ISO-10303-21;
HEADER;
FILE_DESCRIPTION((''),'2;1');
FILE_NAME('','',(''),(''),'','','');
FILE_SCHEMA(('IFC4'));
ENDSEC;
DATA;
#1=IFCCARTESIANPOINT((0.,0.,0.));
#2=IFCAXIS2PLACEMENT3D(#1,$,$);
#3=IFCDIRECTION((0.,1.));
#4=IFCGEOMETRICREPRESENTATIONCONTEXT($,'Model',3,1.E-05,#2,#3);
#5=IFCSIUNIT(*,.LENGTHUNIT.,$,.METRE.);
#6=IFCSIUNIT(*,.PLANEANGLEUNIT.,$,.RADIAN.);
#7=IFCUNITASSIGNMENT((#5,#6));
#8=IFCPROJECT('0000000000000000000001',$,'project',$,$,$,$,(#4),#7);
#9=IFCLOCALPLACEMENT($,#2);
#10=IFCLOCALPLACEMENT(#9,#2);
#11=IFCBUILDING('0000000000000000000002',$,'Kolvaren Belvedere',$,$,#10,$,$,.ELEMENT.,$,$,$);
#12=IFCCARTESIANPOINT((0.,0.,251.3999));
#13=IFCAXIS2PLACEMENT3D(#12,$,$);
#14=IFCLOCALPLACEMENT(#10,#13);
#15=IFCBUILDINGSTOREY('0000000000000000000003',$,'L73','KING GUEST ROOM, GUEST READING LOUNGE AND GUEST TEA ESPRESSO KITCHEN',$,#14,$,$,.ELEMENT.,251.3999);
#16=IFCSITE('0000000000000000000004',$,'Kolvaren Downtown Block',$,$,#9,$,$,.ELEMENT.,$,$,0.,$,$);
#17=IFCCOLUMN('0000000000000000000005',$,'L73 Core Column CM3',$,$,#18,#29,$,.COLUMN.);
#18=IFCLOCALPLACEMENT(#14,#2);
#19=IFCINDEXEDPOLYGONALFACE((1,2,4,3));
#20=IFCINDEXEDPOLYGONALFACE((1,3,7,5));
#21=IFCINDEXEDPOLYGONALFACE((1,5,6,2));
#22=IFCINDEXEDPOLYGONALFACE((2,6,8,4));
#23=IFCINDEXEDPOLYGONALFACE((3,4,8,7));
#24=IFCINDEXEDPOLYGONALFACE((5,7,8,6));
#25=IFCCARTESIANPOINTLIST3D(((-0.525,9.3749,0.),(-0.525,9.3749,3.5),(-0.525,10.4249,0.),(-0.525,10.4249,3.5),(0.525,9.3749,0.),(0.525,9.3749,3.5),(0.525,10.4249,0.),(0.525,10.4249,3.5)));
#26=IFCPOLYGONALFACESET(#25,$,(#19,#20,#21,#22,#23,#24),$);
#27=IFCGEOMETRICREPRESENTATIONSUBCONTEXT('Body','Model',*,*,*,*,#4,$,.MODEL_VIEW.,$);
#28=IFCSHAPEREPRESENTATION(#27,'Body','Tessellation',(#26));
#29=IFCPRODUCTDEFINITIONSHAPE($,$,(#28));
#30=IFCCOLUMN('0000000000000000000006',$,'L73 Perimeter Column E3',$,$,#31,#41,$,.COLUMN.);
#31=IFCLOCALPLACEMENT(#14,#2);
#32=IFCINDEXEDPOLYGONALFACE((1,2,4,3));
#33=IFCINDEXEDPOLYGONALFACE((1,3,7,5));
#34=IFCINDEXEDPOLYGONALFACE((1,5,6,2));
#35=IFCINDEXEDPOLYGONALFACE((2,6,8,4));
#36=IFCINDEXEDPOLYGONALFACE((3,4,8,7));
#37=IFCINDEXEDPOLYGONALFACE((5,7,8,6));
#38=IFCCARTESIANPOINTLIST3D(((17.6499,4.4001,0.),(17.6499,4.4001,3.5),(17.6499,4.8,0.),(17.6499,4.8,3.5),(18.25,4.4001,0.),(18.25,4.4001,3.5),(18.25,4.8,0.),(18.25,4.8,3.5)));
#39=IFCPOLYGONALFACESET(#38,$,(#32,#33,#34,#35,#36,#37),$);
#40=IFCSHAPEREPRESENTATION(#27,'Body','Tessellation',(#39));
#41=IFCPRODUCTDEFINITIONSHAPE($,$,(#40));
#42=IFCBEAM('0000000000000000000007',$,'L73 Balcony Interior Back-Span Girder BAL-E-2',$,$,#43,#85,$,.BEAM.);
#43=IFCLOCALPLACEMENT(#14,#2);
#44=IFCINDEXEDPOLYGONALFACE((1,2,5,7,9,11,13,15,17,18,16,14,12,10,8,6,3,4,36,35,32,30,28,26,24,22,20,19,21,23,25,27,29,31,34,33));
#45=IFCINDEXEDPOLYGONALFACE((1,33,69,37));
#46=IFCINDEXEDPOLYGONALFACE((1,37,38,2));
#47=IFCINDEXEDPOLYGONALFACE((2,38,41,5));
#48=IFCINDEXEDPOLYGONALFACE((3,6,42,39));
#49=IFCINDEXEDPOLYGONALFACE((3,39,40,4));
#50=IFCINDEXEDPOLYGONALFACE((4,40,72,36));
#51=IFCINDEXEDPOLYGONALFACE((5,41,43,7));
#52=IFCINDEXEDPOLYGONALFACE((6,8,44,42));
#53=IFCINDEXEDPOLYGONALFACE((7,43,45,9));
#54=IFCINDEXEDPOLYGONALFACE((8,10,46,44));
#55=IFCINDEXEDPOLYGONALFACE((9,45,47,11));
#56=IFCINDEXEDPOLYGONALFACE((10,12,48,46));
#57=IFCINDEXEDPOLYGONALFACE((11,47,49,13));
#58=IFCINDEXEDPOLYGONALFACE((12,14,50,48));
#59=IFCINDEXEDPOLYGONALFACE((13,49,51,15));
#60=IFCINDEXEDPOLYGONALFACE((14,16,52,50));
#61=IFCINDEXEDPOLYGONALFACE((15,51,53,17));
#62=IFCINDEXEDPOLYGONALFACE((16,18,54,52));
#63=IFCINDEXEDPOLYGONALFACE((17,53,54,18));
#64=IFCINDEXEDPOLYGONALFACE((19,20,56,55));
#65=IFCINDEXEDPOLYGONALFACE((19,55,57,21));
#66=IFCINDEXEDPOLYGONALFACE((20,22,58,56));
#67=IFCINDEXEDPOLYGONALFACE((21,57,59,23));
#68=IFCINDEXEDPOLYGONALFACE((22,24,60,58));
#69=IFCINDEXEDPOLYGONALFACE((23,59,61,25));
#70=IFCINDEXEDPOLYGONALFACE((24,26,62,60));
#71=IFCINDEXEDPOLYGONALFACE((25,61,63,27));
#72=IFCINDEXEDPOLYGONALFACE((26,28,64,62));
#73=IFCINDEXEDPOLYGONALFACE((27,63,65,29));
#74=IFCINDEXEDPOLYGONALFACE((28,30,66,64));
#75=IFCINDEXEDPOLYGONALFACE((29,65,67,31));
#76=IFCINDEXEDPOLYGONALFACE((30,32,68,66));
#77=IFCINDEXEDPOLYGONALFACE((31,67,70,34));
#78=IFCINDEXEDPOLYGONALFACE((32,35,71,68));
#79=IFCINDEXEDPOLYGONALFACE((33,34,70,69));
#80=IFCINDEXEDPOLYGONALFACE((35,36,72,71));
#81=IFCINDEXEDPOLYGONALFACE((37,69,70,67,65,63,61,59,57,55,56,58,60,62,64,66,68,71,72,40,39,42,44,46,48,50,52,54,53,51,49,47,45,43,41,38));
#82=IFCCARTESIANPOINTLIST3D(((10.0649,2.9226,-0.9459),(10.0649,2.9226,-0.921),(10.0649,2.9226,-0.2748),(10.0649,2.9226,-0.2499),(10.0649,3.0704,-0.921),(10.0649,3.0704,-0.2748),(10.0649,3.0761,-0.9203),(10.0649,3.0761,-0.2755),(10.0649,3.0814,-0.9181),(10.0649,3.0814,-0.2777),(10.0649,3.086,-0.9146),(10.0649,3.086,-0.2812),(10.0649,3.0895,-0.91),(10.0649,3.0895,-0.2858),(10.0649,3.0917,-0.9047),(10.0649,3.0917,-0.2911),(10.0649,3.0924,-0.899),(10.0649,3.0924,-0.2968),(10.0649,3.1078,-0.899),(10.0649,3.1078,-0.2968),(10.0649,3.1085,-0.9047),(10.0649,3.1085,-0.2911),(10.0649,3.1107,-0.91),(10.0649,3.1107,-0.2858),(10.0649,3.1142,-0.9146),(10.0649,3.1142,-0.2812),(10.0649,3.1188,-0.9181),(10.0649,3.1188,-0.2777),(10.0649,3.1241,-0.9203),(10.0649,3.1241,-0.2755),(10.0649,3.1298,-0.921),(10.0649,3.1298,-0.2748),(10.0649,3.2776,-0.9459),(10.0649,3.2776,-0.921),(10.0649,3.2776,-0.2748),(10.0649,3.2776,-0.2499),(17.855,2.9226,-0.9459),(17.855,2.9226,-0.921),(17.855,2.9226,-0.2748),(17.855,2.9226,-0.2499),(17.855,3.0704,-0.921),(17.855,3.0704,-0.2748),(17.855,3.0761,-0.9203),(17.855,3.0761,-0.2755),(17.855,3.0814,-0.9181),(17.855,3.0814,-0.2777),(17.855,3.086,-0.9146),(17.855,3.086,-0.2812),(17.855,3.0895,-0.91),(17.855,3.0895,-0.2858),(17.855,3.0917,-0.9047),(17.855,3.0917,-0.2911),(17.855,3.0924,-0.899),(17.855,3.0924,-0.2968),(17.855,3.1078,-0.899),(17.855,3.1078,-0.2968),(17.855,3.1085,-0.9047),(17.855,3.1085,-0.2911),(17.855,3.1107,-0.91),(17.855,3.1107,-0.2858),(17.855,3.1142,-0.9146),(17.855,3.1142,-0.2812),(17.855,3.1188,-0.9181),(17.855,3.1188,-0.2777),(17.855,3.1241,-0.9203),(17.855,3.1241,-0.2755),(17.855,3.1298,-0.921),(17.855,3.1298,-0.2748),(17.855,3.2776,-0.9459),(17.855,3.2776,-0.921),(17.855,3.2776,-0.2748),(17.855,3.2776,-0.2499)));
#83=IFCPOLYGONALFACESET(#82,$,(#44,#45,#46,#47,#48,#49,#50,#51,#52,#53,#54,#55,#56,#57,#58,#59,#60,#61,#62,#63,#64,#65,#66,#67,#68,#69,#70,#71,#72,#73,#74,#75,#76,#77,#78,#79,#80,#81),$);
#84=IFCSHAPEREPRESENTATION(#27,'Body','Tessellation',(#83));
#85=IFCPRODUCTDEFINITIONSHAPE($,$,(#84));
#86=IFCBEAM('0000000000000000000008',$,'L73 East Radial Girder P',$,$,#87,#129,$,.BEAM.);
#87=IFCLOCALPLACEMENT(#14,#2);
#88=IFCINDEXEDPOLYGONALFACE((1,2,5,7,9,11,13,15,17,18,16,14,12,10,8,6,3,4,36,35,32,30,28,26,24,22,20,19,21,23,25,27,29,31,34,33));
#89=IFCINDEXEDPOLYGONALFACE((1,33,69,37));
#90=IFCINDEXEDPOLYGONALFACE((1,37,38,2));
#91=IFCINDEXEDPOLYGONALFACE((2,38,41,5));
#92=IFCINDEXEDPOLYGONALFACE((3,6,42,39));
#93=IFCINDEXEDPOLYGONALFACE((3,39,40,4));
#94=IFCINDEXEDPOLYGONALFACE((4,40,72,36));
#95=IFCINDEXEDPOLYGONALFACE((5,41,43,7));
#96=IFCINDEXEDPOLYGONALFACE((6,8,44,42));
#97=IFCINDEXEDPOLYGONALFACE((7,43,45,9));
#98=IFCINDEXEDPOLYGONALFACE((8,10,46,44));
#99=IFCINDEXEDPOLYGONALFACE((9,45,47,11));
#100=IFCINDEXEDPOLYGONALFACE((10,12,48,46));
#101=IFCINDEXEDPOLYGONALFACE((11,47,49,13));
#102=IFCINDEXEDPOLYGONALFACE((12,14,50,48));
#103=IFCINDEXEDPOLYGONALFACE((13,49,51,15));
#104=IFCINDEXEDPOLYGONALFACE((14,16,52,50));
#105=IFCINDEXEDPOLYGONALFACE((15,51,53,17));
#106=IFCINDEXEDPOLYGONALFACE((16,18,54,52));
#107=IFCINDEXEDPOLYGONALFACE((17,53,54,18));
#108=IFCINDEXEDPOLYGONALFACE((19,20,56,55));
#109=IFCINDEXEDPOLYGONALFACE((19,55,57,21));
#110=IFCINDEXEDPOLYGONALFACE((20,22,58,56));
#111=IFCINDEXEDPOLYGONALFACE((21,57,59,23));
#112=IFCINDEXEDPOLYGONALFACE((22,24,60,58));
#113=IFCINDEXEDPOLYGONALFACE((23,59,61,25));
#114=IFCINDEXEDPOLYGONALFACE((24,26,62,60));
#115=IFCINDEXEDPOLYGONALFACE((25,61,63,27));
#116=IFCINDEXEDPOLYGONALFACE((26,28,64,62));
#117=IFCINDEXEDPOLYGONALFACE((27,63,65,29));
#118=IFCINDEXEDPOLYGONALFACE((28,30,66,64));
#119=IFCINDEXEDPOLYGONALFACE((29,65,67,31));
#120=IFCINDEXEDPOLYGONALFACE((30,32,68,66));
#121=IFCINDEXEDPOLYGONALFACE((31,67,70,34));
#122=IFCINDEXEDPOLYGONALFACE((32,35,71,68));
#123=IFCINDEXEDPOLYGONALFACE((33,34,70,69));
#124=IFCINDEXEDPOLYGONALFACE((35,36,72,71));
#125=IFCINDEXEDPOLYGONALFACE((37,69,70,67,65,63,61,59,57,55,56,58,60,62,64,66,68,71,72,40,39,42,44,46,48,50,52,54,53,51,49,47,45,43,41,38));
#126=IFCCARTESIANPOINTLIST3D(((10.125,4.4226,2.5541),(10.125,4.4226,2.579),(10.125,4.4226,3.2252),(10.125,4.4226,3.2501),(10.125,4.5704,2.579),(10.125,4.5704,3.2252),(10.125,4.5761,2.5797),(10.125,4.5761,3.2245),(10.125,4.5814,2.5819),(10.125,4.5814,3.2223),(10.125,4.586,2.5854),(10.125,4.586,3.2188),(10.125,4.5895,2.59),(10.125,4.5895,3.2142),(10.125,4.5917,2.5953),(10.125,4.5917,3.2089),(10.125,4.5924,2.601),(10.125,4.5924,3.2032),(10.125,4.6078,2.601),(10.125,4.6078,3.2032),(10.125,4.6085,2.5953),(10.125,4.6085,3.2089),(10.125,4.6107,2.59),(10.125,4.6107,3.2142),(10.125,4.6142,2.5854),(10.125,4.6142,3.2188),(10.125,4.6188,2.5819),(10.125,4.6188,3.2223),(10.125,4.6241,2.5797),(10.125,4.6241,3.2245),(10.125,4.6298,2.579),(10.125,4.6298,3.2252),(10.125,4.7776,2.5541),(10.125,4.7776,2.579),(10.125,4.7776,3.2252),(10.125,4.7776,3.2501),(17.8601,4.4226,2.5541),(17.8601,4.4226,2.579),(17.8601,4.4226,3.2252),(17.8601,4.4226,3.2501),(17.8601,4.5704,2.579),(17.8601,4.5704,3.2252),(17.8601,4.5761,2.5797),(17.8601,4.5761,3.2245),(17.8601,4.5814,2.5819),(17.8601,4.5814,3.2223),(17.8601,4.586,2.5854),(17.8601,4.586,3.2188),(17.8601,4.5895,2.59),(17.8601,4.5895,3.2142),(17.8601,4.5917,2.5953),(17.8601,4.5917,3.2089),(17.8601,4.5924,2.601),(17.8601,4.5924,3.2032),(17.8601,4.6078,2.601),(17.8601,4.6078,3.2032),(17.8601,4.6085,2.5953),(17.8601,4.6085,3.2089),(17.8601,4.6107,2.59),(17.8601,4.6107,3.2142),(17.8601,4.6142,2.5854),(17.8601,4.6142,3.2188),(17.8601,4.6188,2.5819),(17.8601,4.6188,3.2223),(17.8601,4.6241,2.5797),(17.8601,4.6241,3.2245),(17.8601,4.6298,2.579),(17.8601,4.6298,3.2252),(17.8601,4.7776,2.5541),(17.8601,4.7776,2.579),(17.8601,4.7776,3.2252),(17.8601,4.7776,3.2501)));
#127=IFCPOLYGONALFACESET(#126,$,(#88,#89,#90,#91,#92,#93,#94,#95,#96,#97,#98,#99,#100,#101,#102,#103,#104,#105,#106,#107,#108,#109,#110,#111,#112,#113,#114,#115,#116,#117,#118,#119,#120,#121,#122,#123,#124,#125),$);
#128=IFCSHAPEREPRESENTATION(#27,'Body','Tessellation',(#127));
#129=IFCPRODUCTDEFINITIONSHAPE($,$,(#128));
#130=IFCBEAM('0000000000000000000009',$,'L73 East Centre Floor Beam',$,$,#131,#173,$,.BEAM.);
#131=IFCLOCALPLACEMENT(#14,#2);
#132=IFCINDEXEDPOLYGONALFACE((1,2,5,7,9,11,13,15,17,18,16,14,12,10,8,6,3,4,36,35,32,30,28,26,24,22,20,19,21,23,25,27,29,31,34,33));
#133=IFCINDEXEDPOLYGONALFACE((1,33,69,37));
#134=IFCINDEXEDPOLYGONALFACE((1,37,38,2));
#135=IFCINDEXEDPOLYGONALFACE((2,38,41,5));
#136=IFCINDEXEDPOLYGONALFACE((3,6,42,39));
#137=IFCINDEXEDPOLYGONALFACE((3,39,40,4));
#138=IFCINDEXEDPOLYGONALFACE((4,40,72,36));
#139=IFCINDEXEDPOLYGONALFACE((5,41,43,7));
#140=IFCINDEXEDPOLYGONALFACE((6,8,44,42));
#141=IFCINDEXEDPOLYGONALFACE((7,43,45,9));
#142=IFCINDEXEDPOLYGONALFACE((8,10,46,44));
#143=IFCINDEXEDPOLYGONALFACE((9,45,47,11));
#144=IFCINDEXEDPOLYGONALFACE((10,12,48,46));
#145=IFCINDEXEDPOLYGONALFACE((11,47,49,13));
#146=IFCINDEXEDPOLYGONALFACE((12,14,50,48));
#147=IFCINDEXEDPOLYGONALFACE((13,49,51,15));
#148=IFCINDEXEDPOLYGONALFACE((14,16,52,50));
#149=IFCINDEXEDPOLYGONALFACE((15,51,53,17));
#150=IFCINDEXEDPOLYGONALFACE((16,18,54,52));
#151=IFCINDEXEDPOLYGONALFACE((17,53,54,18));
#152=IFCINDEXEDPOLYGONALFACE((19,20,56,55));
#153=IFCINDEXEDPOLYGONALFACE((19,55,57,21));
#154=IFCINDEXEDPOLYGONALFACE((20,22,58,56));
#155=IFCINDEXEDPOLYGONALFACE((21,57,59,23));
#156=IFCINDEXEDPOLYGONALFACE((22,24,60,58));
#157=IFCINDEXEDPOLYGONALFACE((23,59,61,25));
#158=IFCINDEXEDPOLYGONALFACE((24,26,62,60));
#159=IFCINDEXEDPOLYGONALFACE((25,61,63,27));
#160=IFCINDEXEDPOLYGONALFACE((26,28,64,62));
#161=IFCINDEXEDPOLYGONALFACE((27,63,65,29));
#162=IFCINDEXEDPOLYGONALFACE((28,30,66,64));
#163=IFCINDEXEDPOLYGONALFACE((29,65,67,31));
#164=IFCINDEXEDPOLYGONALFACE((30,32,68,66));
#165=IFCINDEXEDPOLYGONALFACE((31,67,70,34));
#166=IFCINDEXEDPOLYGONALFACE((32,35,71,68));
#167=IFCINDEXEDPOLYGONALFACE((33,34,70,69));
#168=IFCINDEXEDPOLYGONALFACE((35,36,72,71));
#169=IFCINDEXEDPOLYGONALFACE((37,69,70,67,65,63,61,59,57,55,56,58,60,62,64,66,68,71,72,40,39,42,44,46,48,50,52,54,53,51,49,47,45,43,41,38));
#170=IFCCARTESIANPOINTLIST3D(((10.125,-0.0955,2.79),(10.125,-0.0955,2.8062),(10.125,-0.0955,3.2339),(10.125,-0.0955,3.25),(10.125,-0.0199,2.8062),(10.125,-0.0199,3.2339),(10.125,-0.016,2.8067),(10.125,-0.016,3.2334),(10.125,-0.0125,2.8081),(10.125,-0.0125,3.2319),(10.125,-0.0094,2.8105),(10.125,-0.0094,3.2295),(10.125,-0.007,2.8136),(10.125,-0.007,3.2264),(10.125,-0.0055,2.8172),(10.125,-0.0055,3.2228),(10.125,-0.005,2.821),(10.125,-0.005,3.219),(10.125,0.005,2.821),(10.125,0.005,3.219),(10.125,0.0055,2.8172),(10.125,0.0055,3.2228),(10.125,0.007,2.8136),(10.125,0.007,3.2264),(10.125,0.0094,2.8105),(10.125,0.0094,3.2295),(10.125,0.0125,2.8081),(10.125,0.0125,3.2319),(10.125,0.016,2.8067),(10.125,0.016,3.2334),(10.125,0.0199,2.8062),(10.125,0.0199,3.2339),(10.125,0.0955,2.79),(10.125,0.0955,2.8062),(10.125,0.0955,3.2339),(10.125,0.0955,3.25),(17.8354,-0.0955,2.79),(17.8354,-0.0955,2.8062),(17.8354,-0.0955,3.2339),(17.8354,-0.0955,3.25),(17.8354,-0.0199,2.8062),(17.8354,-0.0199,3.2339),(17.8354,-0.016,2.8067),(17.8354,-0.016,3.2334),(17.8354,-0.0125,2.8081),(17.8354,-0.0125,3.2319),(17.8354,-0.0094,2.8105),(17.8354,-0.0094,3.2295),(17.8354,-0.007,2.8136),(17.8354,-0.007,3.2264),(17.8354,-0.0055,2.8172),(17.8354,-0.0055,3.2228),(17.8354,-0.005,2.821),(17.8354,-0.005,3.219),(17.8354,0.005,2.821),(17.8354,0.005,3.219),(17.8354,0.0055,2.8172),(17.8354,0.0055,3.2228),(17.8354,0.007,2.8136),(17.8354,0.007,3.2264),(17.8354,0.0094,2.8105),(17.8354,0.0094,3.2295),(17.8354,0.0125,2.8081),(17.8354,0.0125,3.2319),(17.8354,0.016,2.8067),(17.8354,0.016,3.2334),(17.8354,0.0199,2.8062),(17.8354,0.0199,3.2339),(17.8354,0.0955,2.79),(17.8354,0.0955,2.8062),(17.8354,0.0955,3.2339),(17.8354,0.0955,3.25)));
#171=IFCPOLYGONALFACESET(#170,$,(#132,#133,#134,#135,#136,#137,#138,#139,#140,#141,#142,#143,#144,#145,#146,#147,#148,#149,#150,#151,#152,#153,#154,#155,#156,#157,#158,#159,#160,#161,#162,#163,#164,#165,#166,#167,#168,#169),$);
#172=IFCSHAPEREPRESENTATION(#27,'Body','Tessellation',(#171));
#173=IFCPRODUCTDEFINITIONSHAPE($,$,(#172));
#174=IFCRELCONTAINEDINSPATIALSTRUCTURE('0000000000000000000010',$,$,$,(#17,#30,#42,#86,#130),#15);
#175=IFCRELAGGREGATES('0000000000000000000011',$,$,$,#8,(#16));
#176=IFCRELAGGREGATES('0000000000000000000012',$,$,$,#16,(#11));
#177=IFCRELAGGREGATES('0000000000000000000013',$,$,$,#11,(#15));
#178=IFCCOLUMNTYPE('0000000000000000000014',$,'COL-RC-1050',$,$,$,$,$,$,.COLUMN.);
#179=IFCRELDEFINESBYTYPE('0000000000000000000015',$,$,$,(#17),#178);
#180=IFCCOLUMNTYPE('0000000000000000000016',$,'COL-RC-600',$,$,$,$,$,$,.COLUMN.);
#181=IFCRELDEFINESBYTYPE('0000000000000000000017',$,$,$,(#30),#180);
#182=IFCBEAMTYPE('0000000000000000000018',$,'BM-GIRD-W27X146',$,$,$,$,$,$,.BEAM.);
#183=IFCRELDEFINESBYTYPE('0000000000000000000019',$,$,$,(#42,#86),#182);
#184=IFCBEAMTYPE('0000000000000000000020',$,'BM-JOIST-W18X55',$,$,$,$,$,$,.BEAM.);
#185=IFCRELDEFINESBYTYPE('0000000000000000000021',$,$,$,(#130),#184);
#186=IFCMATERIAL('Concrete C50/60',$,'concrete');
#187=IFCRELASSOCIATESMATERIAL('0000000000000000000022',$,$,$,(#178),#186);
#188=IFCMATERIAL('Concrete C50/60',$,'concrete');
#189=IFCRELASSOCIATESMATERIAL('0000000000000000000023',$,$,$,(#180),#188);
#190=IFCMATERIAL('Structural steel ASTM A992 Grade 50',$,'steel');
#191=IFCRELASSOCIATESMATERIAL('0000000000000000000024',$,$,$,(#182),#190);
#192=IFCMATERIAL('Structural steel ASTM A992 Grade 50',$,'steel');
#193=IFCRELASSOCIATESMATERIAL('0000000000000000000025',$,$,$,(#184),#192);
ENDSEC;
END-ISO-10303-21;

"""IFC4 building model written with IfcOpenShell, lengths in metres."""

from ifc_helpers import new_model, si_unit, direction, frame, origin, origin_2d, place, context, subcontext, project, spatial, rectangle, i_section, extrude, material, material_profile, profile_set, type_object, element, save


model = new_model("IFC4")

# Units and contexts
model_context = context("Model", 3, precision=1e-05, world=origin(), true_north=direction((0.0, 1.0)))
body_context = subcontext(model_context, "Body", "Model", "MODEL_VIEW")
ifc_project = project(units=[si_unit("LENGTHUNIT", "METRE"), si_unit("PLANEANGLEUNIT", "RADIAN")], contexts=[model_context])

# Site, building, storey
site_placement = place(None, origin())
site = spatial("IfcSite", under=ifc_project, at=site_placement, Name="Kolvaren Downtown Block", CompositionType="ELEMENT", RefElevation=0.0)
building_placement = place(site_placement, origin())
building = spatial("IfcBuilding", under=site, at=building_placement, Name="Kolvaren Belvedere", CompositionType="ELEMENT")
storey_placement = place(building_placement, frame((0.0, 0.0, 251.3999)))
storey = spatial("IfcBuildingStorey", under=building, at=storey_placement, Name="L73", Description="KING GUEST ROOM, GUEST READING LOUNGE AND GUEST TEA ESPRESSO KITCHEN", CompositionType="ELEMENT", Elevation=251.3999)

# Columns
ifc_material_1 = material(Name="Concrete C50/60", Category="concrete")
ifc_material_profile_1 = material_profile(ifc_material_1, rectangle(XDim=1.05, YDim=1.05, at=origin_2d()), Name="RC 1050X1050")
ifc_profile_set_1 = profile_set([ifc_material_profile_1], Name="Concrete C50/60")
column_type_1 = type_object("IfcColumnType", Name="COL-RC-1050", PredefinedType="COLUMN", material=ifc_profile_set_1)
column_1_placement = place(storey_placement, frame((0.0, 9.8999, 0.0), z_axis=(0.0, 0.0, 1.0), x_axis=(1.0, 0.0, 0.0)))
element("IfcColumn", 1, at=column_1_placement, inside=storey, type_object=column_type_1, Name="L73 Core Column CM3", PredefinedType="COLUMN", context=body_context, shape_type="SweptSolid", body=[
    extrude(rectangle(XDim=1.05, YDim=1.05, at=origin_2d()), origin(), (0.0, 0.0, 1.0), 3.5),
])
ifc_material_2 = material(Name="Concrete C50/60", Category="concrete")
ifc_material_profile_2 = material_profile(ifc_material_2, rectangle(XDim=0.6001, YDim=0.3999, at=origin_2d()), Name="RC 600X400")
ifc_profile_set_2 = profile_set([ifc_material_profile_2], Name="Concrete C50/60")
column_type_2 = type_object("IfcColumnType", Name="COL-RC-600", PredefinedType="COLUMN", material=ifc_profile_set_2)
column_2_placement = place(storey_placement, frame((17.95, 4.6001, 0.0), z_axis=(0.0, 0.0, 1.0), x_axis=(1.0, 0.0, 0.0)))
element("IfcColumn", 2, at=column_2_placement, inside=storey, type_object=column_type_2, Name="L73 Perimeter Column E3", PredefinedType="COLUMN", context=body_context, shape_type="SweptSolid", body=[
    extrude(rectangle(XDim=0.6001, YDim=0.3999, at=origin_2d()), origin(), (0.0, 0.0, 1.0), 3.5),
])

# Beams
ifc_material_3 = material(Name="Structural steel ASTM A992 Grade 50", Category="steel")
ifc_material_profile_3 = material_profile(ifc_material_3, i_section(OverallWidth=0.355, OverallDepth=0.696, WebThickness=0.0154, FlangeThickness=0.0249, FilletRadius=0.022, at=origin_2d()), Name="W27X146")
ifc_profile_set_3 = profile_set([ifc_material_profile_3], Name="Structural steel ASTM A992 Grade 50")
beam_type_1 = type_object("IfcBeamType", Name="BM-GIRD-W27X146", PredefinedType="BEAM", material=ifc_profile_set_3)
beam_1_placement = place(storey_placement, frame((10.0649, 3.1001, -0.5979), z_axis=(1.0, 0.0, 0.0), x_axis=(0.0, 1.0, 0.0)))
element("IfcBeam", 3, at=beam_1_placement, inside=storey, type_object=beam_type_1, Name="L73 Balcony Interior Back-Span Girder BAL-E-2", PredefinedType="BEAM", context=body_context, shape_type="SweptSolid", body=[
    extrude(i_section(OverallWidth=0.355, OverallDepth=0.696, WebThickness=0.0154, FlangeThickness=0.0249, FilletRadius=0.022, at=origin_2d()), origin(), (0.0, 0.0, 1.0), 7.79),
])
beam_2_placement = place(storey_placement, frame((10.125, 4.6001, 2.9021), z_axis=(1.0, 0.0, 0.0), x_axis=(0.0, 1.0, 0.0)))
element("IfcBeam", 4, at=beam_2_placement, inside=storey, type_object=beam_type_1, Name="L73 East Radial Girder P", PredefinedType="BEAM", context=body_context, shape_type="SweptSolid", body=[
    extrude(i_section(OverallWidth=0.355, OverallDepth=0.696, WebThickness=0.0154, FlangeThickness=0.0249, FilletRadius=0.022, at=origin_2d()), origin(), (0.0, 0.0, 1.0), 7.7351),
])
ifc_material_4 = material(Name="Structural steel ASTM A992 Grade 50", Category="steel")
ifc_material_profile_4 = material_profile(ifc_material_4, i_section(OverallWidth=0.1909, OverallDepth=0.46, WebThickness=0.01, FlangeThickness=0.0161, FilletRadius=0.0149, at=origin_2d()), Name="W18X55")
ifc_profile_set_4 = profile_set([ifc_material_profile_4], Name="Structural steel ASTM A992 Grade 50")
beam_type_2 = type_object("IfcBeamType", Name="BM-JOIST-W18X55", PredefinedType="BEAM", material=ifc_profile_set_4)
beam_3_placement = place(storey_placement, frame((10.125, 0.0, 3.02), z_axis=(1.0, 0.0, 0.0), x_axis=(0.0, 1.0, 0.0)))
element("IfcBeam", 5, at=beam_3_placement, inside=storey, type_object=beam_type_2, Name="L73 East Centre Floor Beam", PredefinedType="BEAM", context=body_context, shape_type="SweptSolid", body=[
    extrude(i_section(OverallWidth=0.1909, OverallDepth=0.46, WebThickness=0.01, FlangeThickness=0.0161, FilletRadius=0.0149, at=origin_2d()), origin(), (0.0, 0.0, 1.0), 7.7104),
])

save(model, "model.ifc")
